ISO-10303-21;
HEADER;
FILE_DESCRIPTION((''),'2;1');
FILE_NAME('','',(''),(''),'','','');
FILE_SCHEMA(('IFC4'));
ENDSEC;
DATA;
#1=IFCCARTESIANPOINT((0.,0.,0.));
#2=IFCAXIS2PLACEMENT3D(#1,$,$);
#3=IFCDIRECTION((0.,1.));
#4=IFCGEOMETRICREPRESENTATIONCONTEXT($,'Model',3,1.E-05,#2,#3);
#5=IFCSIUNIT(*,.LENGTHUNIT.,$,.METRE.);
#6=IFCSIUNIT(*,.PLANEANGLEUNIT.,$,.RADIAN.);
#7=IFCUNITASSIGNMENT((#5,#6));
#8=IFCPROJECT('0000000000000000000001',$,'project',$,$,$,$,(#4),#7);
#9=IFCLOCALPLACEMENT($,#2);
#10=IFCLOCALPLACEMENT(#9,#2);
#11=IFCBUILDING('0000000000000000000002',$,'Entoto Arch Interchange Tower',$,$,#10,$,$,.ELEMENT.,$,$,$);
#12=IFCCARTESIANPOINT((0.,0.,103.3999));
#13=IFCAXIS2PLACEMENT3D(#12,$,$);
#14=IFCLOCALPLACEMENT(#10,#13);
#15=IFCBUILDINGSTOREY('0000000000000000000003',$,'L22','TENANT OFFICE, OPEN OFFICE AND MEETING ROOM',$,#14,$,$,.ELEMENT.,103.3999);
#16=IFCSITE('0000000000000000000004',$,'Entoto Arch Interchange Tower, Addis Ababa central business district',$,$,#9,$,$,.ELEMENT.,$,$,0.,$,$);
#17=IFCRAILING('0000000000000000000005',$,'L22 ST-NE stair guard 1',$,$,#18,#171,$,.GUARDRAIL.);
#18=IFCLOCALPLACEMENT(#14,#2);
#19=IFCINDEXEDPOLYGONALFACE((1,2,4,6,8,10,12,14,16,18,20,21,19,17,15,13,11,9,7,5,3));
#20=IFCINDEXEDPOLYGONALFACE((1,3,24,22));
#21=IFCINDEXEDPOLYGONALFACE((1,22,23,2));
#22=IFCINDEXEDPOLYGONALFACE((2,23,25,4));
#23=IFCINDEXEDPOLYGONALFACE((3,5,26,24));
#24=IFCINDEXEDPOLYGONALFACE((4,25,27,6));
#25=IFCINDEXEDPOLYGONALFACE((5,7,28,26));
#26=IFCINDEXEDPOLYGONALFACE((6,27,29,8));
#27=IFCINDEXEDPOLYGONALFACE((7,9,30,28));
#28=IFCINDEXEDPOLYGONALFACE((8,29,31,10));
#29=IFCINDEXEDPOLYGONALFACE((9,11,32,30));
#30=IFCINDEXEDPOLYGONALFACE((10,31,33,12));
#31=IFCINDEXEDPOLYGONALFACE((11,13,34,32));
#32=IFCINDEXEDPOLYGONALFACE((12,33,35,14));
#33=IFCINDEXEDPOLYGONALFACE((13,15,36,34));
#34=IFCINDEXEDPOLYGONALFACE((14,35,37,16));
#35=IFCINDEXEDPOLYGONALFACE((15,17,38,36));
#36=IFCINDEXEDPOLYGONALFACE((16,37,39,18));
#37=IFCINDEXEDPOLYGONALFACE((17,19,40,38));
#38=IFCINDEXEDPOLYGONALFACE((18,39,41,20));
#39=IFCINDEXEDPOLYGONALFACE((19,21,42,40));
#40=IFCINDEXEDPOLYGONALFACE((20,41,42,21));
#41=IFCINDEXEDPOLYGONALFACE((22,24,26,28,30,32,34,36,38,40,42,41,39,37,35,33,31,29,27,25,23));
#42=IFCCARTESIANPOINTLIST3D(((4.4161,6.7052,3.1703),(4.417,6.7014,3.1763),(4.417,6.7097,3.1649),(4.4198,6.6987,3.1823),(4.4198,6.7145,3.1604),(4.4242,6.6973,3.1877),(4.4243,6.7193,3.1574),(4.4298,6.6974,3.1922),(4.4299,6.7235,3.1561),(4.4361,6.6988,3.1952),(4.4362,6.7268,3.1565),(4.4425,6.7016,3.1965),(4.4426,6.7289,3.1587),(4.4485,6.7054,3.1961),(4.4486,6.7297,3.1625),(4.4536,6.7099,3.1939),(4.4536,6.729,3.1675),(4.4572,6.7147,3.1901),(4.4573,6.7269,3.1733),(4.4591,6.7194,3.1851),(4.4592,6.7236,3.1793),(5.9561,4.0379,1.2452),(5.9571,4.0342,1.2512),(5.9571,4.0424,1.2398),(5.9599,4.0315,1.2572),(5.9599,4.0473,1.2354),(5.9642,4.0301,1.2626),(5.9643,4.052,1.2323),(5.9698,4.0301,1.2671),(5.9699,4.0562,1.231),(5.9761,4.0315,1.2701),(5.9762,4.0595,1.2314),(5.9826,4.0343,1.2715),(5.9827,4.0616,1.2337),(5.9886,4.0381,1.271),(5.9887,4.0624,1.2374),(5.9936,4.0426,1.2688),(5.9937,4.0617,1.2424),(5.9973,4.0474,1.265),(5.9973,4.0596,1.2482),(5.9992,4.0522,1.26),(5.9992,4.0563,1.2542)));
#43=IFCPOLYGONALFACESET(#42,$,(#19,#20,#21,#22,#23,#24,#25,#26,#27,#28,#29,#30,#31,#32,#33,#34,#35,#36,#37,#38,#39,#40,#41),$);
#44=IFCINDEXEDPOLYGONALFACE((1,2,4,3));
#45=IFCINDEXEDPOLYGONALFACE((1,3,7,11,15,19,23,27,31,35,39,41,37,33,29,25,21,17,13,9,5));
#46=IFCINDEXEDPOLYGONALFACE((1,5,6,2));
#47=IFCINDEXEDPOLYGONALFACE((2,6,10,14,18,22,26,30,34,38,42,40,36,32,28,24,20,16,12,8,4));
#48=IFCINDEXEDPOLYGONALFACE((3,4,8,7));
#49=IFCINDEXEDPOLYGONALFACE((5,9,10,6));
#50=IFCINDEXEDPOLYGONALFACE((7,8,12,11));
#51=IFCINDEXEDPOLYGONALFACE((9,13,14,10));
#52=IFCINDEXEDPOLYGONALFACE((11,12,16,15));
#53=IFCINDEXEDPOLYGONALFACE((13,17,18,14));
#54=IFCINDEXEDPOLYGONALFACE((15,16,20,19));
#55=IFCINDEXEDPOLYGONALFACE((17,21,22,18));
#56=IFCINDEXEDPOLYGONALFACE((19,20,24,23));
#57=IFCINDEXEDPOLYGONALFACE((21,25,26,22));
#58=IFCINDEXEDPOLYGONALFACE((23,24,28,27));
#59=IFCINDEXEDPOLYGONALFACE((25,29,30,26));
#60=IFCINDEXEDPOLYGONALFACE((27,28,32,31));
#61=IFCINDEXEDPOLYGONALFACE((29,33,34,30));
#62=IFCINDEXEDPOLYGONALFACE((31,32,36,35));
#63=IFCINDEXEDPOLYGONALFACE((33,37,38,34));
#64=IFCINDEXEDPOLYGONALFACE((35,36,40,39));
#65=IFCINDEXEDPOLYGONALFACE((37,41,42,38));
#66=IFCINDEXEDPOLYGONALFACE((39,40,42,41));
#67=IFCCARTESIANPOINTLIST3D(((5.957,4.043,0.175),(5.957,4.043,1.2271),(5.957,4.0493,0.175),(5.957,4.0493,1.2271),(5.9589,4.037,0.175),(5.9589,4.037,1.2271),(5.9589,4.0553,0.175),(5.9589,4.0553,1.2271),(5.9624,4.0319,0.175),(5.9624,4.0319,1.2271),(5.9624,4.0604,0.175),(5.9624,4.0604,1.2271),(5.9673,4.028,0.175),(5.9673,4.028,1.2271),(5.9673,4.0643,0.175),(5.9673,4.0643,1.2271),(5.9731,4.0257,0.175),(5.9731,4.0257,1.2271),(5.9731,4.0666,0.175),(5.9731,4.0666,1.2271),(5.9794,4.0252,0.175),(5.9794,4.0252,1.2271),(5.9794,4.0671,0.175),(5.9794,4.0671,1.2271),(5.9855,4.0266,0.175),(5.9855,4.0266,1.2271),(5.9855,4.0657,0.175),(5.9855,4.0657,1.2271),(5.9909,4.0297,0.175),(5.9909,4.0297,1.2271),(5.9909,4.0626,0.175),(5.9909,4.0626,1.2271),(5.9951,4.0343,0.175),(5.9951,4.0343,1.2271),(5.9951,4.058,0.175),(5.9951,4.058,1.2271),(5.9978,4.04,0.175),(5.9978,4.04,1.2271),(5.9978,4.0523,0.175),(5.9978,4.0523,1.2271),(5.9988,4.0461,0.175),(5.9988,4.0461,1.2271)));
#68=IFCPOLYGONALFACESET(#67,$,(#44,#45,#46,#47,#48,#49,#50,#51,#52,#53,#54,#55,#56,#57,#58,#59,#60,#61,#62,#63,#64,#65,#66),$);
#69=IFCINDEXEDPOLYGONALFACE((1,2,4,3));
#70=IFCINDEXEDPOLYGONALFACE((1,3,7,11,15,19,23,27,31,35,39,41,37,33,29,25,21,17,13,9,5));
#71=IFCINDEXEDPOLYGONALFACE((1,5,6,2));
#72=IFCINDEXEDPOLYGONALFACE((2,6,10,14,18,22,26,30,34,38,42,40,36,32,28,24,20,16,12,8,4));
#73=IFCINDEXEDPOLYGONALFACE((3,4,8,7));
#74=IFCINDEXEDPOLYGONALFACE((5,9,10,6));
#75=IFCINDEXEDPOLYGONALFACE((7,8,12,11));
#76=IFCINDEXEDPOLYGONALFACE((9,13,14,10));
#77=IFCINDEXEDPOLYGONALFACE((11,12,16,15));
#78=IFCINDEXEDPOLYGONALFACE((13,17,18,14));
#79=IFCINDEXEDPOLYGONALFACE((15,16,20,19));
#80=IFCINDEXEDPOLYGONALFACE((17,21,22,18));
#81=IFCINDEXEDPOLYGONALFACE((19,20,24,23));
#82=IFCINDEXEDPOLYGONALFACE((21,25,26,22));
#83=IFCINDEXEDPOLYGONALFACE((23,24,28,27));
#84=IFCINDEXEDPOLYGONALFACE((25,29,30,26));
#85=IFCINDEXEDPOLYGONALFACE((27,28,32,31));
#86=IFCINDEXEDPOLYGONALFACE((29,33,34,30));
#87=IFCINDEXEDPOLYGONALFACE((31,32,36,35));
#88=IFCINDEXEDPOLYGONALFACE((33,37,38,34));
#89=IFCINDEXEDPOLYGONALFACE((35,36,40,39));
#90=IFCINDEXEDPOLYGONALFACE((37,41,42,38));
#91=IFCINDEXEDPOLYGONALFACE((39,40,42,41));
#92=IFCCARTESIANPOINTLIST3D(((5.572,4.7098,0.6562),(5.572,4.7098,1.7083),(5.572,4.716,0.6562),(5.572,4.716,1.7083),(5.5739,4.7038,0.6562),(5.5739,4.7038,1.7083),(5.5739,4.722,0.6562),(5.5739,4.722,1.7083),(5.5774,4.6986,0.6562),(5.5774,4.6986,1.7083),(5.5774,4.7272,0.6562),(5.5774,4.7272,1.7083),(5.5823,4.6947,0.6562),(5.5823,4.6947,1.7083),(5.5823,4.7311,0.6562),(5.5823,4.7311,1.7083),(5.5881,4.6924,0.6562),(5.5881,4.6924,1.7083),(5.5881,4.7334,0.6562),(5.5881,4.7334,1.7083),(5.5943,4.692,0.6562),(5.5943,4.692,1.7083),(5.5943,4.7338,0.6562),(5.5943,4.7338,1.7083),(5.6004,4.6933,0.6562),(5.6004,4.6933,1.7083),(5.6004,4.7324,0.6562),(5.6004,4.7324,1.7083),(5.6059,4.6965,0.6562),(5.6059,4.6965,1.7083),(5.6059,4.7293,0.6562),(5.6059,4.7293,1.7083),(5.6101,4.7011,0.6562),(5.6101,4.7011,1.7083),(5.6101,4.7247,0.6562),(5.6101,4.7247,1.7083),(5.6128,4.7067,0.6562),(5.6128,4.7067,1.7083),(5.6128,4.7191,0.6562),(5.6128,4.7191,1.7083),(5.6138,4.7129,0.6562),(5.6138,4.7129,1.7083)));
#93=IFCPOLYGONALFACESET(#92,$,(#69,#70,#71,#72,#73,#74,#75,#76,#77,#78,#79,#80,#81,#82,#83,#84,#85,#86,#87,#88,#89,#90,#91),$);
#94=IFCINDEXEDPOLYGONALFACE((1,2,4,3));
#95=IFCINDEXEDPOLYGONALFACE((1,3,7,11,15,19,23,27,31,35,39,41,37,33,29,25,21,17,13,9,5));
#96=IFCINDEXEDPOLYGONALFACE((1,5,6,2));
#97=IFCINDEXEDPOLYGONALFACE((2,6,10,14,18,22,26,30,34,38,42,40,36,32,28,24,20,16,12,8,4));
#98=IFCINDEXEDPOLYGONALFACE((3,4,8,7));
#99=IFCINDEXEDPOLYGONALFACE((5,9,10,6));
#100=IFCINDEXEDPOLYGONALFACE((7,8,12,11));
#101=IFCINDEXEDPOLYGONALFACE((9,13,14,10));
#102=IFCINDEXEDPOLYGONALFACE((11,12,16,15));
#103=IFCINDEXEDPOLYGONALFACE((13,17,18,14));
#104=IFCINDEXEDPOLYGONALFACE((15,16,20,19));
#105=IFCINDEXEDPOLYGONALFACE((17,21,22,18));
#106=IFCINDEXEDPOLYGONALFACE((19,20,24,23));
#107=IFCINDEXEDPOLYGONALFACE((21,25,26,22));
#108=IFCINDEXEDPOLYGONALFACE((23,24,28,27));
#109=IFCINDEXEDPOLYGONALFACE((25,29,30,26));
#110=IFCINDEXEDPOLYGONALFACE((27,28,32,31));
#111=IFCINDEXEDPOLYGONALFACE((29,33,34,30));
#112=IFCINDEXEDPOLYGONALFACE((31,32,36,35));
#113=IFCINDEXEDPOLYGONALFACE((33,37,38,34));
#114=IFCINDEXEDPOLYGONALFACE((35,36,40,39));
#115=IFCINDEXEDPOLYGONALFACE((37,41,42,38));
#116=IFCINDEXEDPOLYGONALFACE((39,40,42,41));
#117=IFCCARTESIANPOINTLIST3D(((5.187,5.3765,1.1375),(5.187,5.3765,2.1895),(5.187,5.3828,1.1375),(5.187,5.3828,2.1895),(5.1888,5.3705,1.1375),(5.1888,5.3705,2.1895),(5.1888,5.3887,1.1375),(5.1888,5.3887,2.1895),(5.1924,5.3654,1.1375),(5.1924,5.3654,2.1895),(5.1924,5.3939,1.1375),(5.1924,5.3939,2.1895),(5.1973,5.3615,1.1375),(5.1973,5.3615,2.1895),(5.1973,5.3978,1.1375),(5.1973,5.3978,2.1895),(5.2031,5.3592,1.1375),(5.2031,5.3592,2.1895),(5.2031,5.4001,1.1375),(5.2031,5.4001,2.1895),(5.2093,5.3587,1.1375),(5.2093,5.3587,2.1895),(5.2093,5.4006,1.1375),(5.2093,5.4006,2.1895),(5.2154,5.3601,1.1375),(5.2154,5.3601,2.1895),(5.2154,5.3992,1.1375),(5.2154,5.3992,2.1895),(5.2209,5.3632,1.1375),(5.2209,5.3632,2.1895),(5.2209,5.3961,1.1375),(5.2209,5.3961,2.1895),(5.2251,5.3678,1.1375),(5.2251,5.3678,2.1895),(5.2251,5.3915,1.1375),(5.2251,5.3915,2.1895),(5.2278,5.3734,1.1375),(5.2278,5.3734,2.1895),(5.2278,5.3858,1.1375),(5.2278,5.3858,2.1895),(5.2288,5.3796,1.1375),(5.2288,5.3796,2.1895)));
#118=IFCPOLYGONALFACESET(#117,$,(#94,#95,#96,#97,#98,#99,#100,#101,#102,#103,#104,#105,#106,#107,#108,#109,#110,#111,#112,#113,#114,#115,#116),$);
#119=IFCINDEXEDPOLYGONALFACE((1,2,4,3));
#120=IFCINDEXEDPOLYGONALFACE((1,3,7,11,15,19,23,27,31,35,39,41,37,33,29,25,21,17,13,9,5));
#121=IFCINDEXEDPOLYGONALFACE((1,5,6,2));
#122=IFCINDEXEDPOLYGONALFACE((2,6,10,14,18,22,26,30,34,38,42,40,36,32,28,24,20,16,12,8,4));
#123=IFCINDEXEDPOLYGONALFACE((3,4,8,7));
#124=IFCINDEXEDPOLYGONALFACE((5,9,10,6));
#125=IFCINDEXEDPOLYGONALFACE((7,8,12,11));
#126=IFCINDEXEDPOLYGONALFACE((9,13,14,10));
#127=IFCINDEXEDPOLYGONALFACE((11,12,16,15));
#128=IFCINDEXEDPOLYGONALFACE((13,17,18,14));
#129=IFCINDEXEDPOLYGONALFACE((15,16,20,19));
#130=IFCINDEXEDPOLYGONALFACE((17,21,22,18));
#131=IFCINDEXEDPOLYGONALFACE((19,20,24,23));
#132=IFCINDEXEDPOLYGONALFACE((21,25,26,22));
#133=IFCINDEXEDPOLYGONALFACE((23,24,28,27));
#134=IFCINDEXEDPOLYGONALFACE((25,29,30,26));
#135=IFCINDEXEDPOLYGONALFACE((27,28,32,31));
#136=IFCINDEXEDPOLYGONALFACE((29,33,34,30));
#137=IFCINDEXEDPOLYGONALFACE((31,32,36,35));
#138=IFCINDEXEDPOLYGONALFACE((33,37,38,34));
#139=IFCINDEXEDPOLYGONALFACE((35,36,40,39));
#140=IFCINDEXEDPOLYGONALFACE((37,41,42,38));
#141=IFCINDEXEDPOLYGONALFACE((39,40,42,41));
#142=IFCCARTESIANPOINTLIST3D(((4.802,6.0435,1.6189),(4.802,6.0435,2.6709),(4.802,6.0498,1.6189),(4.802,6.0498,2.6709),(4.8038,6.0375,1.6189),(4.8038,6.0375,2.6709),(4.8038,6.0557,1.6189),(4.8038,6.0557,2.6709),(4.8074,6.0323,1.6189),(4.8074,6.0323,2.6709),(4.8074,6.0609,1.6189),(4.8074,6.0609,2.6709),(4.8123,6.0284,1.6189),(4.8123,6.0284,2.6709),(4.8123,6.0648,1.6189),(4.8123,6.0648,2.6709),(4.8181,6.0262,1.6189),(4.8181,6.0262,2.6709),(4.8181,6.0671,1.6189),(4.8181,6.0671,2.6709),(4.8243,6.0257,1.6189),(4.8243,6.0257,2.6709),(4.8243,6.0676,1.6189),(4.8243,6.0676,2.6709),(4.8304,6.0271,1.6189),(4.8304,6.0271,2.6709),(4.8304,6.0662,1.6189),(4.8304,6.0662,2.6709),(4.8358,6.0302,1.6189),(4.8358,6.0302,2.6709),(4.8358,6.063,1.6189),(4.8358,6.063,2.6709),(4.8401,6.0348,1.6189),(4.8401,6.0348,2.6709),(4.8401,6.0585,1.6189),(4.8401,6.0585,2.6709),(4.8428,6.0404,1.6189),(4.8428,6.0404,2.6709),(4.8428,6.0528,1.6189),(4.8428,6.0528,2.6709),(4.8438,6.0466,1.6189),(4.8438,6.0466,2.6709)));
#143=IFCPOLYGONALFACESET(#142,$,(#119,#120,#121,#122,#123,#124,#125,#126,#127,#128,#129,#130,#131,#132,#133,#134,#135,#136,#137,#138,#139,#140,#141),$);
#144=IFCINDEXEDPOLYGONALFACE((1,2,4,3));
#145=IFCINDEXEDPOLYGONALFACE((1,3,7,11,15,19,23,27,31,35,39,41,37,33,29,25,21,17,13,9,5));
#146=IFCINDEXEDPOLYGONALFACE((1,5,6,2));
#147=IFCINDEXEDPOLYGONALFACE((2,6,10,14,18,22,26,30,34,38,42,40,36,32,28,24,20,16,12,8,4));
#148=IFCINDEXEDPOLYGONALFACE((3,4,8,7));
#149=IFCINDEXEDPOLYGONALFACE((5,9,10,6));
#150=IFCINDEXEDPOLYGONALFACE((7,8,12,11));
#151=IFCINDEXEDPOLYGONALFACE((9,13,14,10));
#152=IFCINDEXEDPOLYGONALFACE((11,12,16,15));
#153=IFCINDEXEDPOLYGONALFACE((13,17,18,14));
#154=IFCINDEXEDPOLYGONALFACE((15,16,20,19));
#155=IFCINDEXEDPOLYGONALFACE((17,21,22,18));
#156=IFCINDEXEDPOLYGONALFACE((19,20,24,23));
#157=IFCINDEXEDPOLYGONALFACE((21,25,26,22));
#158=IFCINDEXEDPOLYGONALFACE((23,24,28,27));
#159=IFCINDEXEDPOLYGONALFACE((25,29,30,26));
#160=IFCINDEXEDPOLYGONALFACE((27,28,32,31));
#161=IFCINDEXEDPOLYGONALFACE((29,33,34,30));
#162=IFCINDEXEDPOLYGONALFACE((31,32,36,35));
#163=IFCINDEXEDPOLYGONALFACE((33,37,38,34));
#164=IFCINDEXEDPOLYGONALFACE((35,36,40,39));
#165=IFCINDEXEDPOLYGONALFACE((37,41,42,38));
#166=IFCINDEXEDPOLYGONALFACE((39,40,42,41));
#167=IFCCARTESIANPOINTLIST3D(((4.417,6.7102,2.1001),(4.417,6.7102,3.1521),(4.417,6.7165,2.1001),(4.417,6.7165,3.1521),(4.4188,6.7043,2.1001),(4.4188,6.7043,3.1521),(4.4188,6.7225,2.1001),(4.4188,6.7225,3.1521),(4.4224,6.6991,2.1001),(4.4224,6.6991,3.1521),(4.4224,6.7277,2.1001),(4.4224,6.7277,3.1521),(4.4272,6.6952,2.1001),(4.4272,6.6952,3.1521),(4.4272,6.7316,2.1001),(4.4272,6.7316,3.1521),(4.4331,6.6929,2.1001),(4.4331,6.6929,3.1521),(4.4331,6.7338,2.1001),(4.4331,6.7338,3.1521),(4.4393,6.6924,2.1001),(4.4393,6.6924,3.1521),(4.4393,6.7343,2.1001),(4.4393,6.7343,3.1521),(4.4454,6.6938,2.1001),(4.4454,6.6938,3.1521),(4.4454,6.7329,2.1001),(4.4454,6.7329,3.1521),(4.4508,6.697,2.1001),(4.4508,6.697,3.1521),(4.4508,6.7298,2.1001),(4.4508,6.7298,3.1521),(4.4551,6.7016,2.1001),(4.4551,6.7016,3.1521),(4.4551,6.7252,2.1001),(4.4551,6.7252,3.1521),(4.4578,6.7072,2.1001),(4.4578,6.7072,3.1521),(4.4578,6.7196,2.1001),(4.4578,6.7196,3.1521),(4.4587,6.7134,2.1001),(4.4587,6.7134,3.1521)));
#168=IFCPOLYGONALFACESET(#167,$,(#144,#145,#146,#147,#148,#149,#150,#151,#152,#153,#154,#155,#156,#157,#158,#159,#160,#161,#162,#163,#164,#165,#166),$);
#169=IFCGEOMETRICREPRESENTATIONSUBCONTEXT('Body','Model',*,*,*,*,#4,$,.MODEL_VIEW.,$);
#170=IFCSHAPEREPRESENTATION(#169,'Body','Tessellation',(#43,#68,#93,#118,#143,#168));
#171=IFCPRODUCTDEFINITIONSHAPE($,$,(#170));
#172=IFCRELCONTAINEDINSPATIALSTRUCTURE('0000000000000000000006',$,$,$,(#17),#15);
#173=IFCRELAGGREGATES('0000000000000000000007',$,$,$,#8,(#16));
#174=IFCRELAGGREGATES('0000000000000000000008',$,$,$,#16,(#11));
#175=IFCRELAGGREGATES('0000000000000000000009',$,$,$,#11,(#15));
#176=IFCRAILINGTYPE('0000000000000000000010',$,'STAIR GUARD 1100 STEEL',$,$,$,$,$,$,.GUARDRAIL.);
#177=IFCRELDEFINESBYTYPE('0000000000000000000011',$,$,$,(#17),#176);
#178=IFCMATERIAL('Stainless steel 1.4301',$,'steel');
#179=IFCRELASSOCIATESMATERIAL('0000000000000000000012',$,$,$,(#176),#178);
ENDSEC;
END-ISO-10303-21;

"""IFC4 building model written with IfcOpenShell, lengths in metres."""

from ifc_helpers import new_model, si_unit, direction, frame, origin, origin_2d, place, context, subcontext, project, spatial, circle, extrude, material, type_object, element, save


model = new_model("IFC4")

# Units and contexts
model_context = context("Model", 3, precision=1e-05, world=origin(), true_north=direction((0.0, 1.0)))
body_context = subcontext(model_context, "Body", "Model", "MODEL_VIEW")
ifc_project = project(units=[si_unit("LENGTHUNIT", "METRE"), si_unit("PLANEANGLEUNIT", "RADIAN")], contexts=[model_context])

# Site, building, storey
site_placement = place(None, origin())
site = spatial("IfcSite", under=ifc_project, at=site_placement, Name="Entoto Arch Interchange Tower, Addis Ababa central business district", CompositionType="ELEMENT", RefElevation=0.0)
building_placement = place(site_placement, origin())
building = spatial("IfcBuilding", under=site, at=building_placement, Name="Entoto Arch Interchange Tower", CompositionType="ELEMENT")
storey_placement = place(building_placement, frame((0.0, 0.0, 103.3999)))
storey = spatial("IfcBuildingStorey", under=building, at=storey_placement, Name="L22", Description="TENANT OFFICE, OPEN OFFICE AND MEETING ROOM", CompositionType="ELEMENT", Elevation=103.3999)

# Railing
ifc_material_1 = material(Name="Stainless steel 1.4301", Category="steel")
railing_type_1 = type_object("IfcRailingType", Name="STAIR GUARD 1100 STEEL", PredefinedType="GUARDRAIL", material=ifc_material_1)
railing_1_placement = place(storey_placement, frame((5.9778, 4.0461, 0.175)))
element("IfcRailing", 1, at=railing_1_placement, inside=storey, type_object=railing_type_1, Name="L22 ST-NE stair guard 1", PredefinedType="GUARDRAIL", context=body_context, shape_type="SweptSolid", body=[
    extrude(circle(Radius=0.0239, at=origin_2d()), frame((0.0, 0.0, 1.0762), z_axis=(-0.424015, 0.734364, 0.530019), x_axis=(-0.86601, -0.500027, 0.0)), (0.0, 0.0, 1.0), 3.6321),
    extrude(circle(Radius=0.021, at=origin_2d()), origin(), (0.0, 0.0, 1.0), 1.052),
    extrude(circle(Radius=0.021, at=origin_2d()), frame((-0.385, 0.6667, 0.4812)), (0.0, 0.0, 1.0), 1.052),
    extrude(circle(Radius=0.021, at=origin_2d()), frame((-0.77, 1.3335, 0.9624)), (0.0, 0.0, 1.0), 1.052),
    extrude(circle(Radius=0.021, at=origin_2d()), frame((-1.155, 2.0005, 1.4438)), (0.0, 0.0, 1.0), 1.052),
    extrude(circle(Radius=0.021, at=origin_2d()), frame((-1.54, 2.6672, 1.925)), (0.0, 0.0, 1.0), 1.052),
])

save(model, "model.ifc")
